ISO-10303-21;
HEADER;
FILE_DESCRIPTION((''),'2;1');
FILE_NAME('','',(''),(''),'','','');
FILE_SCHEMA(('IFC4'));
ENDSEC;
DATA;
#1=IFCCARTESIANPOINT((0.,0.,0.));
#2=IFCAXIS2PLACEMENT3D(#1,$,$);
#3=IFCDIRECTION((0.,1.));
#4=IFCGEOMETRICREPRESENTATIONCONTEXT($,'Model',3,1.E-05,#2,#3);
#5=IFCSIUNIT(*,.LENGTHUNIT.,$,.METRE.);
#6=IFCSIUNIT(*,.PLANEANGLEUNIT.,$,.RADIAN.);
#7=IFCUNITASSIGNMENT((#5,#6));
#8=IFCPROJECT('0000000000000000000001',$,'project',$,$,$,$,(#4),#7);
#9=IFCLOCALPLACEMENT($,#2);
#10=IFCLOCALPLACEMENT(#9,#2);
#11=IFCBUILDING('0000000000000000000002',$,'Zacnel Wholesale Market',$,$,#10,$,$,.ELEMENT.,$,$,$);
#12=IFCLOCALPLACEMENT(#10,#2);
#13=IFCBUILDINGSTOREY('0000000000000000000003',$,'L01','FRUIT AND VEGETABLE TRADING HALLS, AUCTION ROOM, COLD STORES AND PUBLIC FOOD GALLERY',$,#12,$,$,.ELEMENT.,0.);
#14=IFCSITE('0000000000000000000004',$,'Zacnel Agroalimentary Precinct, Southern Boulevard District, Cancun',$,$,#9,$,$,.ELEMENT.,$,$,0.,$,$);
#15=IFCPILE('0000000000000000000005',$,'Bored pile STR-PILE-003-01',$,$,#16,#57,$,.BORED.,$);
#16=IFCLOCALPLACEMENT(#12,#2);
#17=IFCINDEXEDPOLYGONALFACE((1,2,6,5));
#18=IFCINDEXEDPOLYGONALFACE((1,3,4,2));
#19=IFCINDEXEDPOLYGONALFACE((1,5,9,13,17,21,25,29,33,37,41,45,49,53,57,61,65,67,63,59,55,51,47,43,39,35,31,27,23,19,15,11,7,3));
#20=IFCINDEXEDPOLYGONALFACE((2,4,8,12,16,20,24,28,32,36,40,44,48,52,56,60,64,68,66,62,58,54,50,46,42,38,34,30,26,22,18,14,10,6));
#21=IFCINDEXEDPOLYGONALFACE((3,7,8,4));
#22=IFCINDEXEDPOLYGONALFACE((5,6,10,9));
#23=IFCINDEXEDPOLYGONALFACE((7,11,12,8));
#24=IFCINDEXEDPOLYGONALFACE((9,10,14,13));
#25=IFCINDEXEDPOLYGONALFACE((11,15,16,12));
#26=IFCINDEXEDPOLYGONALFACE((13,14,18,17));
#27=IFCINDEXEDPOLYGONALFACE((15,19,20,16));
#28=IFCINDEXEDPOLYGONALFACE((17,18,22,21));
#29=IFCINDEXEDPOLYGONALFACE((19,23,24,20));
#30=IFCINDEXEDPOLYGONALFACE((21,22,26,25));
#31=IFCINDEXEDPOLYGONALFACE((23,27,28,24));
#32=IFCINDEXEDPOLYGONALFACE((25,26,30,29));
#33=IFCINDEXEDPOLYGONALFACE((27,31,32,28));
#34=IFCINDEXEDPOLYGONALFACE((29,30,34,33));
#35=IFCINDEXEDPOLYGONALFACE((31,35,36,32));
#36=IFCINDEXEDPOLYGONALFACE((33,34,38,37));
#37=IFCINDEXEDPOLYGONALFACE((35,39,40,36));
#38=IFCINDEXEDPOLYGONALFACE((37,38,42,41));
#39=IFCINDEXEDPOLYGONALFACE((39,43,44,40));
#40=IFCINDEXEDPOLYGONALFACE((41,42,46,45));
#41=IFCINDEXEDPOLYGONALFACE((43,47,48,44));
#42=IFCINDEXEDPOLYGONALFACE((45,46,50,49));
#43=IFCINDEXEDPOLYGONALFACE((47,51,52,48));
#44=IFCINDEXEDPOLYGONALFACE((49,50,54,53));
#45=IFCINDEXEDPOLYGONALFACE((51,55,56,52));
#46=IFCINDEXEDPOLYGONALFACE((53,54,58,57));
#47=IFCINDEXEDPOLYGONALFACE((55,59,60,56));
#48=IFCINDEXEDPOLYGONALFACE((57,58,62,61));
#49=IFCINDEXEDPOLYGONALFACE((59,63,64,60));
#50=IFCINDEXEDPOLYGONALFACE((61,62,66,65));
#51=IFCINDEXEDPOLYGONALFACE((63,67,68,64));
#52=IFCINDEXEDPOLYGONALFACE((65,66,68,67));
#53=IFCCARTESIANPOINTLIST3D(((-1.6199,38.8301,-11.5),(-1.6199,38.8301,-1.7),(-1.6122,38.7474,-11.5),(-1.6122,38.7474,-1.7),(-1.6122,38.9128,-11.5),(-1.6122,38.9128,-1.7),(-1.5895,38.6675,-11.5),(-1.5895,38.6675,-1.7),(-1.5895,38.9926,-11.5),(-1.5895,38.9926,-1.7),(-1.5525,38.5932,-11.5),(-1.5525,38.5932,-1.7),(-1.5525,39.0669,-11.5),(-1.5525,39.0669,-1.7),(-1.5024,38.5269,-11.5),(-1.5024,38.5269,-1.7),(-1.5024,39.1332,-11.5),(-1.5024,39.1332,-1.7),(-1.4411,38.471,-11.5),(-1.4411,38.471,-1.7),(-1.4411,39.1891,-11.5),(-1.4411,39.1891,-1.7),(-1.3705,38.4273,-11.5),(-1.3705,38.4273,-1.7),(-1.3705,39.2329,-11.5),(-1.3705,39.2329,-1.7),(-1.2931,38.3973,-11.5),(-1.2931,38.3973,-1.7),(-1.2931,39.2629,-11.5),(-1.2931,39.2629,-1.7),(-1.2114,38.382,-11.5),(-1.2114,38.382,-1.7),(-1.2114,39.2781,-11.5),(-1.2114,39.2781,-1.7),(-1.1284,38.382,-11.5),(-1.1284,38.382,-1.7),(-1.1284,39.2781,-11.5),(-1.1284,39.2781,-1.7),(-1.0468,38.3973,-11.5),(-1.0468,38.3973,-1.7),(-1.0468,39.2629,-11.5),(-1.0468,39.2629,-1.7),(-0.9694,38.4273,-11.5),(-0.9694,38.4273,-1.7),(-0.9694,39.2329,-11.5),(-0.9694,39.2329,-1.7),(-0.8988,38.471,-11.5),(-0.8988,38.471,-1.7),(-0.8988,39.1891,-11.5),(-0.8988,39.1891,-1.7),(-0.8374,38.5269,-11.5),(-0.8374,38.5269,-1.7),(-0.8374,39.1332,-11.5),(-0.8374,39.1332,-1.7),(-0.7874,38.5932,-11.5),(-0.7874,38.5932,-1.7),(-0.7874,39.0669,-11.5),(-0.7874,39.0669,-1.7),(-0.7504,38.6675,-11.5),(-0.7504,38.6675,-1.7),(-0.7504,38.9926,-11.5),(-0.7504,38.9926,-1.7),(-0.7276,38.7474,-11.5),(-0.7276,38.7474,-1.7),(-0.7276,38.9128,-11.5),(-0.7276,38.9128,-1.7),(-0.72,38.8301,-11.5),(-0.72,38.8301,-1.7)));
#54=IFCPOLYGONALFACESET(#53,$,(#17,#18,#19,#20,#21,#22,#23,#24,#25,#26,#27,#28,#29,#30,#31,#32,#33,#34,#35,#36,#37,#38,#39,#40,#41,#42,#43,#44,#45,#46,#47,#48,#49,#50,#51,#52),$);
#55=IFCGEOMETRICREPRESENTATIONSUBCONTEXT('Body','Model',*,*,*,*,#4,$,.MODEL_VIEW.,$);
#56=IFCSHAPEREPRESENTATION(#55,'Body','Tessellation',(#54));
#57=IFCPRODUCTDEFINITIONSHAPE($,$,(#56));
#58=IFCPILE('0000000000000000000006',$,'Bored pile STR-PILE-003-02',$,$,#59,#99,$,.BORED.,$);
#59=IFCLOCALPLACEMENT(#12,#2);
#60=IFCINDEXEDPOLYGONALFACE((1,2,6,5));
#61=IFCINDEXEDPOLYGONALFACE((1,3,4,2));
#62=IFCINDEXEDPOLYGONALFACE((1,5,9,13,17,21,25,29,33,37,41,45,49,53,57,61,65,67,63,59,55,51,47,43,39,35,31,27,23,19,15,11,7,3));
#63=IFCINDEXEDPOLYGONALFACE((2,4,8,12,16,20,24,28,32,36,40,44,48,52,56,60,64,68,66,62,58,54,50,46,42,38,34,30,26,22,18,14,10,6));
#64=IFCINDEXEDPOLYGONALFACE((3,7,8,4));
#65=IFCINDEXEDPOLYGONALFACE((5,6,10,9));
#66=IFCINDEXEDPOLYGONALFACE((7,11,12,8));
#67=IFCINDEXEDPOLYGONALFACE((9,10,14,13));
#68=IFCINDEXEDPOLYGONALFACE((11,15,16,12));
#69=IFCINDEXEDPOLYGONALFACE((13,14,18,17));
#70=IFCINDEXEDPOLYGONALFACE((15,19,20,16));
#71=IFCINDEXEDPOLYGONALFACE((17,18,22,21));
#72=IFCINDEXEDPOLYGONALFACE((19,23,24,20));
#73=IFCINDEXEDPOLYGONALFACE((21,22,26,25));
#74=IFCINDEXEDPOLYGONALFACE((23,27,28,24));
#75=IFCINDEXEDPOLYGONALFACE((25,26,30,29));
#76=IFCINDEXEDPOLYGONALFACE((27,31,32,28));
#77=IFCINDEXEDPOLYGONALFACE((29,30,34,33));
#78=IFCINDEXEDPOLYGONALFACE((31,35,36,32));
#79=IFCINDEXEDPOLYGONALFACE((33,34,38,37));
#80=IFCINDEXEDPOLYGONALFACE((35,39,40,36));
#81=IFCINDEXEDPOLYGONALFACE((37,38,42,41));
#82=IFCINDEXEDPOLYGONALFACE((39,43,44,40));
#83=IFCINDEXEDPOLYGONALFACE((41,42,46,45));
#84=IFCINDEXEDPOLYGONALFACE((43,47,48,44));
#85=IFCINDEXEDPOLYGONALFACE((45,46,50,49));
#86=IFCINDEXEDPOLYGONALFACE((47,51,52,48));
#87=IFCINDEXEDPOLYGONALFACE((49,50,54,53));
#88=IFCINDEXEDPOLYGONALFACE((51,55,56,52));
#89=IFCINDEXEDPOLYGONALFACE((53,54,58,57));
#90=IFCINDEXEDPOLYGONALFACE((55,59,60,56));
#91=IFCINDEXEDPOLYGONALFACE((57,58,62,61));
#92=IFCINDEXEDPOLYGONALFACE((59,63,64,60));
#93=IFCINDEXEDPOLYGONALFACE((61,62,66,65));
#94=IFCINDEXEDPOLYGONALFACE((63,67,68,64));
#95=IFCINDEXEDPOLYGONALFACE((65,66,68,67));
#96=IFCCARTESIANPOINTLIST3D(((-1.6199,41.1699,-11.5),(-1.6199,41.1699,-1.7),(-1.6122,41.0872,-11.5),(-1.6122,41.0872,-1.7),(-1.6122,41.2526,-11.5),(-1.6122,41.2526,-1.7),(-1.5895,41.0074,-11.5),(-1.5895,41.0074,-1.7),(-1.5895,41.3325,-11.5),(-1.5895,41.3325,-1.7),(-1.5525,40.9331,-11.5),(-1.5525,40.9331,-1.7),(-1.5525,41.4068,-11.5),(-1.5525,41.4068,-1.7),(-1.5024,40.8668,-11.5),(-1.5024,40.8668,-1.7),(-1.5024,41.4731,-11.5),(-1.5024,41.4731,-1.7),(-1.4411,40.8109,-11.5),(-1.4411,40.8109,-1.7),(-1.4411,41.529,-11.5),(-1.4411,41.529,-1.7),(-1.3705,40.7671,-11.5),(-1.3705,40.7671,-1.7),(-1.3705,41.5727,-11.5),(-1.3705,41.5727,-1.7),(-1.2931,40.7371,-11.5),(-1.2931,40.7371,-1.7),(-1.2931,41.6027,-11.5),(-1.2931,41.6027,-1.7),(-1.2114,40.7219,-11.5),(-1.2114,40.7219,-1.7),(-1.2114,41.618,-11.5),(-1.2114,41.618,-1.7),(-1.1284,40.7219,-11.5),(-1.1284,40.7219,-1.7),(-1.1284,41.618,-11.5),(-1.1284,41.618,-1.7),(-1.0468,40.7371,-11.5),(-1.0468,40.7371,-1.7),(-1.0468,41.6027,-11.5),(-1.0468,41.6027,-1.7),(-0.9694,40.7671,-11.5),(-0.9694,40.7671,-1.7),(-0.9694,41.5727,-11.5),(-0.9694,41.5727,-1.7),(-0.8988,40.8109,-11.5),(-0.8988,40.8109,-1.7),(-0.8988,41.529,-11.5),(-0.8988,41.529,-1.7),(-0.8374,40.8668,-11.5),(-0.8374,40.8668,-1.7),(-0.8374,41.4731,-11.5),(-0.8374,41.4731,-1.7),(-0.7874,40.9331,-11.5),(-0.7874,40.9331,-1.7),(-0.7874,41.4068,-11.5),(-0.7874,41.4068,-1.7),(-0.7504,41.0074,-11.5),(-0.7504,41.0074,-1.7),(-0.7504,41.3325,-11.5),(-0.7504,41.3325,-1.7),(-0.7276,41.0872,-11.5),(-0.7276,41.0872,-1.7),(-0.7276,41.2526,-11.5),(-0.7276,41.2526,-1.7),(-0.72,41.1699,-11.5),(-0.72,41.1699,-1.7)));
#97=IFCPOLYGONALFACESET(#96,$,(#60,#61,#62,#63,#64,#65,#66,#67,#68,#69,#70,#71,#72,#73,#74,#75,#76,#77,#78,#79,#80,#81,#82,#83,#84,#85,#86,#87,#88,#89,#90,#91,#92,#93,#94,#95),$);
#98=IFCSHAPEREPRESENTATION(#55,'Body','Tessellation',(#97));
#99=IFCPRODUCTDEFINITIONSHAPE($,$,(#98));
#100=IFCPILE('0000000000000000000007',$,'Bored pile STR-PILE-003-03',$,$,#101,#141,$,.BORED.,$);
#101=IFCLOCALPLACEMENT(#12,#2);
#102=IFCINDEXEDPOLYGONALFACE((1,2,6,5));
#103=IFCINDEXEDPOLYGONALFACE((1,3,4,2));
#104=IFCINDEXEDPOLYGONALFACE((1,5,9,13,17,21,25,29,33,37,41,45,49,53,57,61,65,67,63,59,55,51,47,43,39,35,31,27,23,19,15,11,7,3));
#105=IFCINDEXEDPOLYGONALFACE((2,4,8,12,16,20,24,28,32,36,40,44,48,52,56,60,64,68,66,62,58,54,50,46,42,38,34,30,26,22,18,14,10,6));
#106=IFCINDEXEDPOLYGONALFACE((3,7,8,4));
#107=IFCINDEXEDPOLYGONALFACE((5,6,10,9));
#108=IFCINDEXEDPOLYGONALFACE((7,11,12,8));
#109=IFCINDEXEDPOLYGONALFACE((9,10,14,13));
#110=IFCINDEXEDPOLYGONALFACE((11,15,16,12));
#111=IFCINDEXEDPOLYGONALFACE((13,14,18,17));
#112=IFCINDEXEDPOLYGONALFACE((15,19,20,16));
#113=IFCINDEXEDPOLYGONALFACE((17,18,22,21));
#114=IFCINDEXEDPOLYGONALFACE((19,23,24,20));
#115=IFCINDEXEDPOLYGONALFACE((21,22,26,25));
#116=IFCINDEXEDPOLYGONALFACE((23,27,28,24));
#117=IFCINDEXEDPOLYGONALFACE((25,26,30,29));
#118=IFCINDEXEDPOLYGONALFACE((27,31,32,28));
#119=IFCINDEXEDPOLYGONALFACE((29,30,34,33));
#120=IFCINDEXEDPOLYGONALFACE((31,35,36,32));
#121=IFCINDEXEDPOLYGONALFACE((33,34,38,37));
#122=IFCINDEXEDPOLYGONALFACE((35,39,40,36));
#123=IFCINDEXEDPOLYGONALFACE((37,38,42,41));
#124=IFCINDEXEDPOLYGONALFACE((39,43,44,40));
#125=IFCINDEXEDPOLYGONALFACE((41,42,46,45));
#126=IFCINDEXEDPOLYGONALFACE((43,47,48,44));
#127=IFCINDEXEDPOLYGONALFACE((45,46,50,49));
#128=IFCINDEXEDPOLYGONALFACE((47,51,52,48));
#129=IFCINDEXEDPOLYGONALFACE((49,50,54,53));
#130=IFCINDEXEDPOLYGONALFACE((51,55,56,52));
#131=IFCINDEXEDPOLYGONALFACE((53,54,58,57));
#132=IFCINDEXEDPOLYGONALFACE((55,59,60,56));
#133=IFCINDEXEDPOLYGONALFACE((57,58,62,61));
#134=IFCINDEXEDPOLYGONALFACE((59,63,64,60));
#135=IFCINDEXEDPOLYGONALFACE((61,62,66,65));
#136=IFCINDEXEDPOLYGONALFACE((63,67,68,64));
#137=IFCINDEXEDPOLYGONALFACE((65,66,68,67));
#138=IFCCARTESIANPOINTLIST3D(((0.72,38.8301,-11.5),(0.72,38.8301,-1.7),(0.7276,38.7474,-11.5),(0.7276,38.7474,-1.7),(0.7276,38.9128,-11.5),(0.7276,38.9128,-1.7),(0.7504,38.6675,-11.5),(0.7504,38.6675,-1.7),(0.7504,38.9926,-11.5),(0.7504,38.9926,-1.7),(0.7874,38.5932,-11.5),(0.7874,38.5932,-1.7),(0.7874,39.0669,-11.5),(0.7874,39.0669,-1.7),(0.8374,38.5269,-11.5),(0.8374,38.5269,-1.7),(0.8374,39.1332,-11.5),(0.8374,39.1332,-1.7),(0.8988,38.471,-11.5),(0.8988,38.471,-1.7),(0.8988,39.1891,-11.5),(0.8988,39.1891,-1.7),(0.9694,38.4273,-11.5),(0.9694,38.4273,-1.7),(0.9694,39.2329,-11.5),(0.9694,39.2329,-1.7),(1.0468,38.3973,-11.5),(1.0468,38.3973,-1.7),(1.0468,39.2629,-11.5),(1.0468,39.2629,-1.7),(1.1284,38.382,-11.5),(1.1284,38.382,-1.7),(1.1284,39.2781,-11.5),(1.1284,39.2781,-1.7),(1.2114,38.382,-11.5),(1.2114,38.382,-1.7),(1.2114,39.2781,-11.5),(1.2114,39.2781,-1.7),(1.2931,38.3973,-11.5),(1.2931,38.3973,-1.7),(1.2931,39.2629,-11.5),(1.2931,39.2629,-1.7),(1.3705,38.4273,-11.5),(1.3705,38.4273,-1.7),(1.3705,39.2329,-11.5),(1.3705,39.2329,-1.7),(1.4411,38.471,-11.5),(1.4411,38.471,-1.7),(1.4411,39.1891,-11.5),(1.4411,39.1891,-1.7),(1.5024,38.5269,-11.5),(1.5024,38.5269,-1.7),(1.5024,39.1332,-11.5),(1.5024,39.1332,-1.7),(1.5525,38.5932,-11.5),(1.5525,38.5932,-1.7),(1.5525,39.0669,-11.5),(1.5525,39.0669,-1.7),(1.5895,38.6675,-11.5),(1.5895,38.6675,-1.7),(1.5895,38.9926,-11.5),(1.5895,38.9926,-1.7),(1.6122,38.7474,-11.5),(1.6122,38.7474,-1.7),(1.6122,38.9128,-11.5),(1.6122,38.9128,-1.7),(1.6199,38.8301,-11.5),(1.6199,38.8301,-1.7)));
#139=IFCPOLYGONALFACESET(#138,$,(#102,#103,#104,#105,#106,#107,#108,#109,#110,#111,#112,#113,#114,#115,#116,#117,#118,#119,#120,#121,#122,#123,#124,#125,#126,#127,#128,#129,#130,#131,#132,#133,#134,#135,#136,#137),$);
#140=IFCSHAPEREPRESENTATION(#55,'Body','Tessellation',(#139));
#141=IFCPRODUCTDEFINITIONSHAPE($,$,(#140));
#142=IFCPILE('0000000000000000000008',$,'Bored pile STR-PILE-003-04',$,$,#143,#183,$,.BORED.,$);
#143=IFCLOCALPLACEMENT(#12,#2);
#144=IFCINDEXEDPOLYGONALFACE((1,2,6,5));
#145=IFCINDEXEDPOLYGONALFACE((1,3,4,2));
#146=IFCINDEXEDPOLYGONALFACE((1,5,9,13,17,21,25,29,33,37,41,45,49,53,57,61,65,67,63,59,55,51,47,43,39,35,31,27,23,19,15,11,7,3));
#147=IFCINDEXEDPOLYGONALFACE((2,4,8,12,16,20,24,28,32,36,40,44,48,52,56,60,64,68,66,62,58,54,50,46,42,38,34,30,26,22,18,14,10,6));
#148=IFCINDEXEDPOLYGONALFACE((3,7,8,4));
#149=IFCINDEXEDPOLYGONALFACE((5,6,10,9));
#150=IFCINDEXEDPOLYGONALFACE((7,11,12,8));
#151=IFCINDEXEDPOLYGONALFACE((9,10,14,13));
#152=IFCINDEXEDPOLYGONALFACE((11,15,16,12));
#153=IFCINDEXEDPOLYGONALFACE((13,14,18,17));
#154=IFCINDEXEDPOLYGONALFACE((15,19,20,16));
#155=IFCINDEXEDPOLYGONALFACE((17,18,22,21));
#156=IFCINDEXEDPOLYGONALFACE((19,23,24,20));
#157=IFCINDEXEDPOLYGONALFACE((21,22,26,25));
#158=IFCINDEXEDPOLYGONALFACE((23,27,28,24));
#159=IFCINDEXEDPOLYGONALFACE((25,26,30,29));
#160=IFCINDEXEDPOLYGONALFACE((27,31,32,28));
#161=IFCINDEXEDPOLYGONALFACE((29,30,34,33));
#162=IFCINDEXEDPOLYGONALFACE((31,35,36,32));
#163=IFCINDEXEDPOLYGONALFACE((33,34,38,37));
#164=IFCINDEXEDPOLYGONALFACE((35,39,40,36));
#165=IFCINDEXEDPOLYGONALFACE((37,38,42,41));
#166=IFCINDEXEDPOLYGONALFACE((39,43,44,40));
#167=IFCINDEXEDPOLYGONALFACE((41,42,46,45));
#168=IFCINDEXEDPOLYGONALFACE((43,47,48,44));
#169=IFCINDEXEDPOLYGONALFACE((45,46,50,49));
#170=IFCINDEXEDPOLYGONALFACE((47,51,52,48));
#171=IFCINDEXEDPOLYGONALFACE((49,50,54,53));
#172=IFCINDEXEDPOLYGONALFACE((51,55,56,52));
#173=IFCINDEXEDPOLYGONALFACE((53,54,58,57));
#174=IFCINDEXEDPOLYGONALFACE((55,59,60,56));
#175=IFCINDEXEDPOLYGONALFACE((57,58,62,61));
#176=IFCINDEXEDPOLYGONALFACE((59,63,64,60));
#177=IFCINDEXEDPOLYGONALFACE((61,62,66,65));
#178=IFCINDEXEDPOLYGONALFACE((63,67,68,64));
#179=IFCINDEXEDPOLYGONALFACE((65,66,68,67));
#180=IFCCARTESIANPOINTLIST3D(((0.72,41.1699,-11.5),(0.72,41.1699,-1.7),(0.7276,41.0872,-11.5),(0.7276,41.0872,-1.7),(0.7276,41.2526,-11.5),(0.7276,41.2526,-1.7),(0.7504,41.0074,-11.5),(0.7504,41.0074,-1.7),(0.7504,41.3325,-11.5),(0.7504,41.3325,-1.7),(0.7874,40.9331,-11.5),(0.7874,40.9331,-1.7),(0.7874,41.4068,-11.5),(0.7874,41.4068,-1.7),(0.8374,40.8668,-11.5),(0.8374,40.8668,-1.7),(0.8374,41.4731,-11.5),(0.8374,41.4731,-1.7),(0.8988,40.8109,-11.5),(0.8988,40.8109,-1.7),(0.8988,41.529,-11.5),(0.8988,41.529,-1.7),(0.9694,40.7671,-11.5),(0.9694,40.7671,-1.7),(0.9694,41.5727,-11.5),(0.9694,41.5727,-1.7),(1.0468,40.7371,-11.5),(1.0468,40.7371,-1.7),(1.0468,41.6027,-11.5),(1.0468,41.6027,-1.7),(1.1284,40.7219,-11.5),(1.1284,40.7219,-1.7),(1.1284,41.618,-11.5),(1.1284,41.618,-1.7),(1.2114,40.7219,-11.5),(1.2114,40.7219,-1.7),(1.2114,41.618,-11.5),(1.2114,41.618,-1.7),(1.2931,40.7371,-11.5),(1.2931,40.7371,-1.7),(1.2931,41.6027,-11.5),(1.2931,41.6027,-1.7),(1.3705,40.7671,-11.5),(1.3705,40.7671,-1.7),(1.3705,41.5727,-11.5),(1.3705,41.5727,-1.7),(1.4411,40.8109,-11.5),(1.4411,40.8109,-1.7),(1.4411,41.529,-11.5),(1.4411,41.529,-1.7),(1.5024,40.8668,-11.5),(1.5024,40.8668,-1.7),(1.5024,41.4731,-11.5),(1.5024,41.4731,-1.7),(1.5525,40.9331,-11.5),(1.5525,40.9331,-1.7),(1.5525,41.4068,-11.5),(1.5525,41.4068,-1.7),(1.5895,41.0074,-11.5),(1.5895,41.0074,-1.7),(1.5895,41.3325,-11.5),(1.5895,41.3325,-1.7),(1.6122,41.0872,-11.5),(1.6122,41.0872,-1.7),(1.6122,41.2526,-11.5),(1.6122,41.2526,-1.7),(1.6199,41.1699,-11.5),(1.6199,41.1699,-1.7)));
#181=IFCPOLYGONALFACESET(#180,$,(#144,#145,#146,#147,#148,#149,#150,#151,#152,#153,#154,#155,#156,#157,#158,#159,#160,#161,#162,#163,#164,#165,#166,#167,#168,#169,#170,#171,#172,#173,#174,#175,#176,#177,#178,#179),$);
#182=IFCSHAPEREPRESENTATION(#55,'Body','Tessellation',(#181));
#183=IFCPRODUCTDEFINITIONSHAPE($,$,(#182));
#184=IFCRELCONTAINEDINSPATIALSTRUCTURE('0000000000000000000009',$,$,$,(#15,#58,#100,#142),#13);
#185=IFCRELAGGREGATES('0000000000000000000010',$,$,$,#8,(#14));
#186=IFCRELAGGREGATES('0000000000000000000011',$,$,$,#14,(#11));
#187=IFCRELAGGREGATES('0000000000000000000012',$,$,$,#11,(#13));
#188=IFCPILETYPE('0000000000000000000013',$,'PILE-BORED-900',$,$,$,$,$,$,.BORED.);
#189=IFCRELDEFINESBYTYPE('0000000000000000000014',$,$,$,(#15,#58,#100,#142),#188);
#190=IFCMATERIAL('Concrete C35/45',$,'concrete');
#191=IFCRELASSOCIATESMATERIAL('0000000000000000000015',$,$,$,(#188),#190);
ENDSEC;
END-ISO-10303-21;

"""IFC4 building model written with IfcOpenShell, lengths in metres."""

from ifc_helpers import new_model, si_unit, direction, frame, origin, origin_2d, place, context, subcontext, project, spatial, circle, extrude, material, material_profile, profile_set, type_object, element, save


model = new_model("IFC4")

# Units and contexts
model_context = context("Model", 3, precision=1e-05, world=origin(), true_north=direction((0.0, 1.0)))
body_context = subcontext(model_context, "Body", "Model", "MODEL_VIEW")
ifc_project = project(units=[si_unit("LENGTHUNIT", "METRE"), si_unit("PLANEANGLEUNIT", "RADIAN")], contexts=[model_context])

# Site, building, storey
site_placement = place(None, origin())
site = spatial("IfcSite", under=ifc_project, at=site_placement, Name="Zacnel Agroalimentary Precinct, Southern Boulevard District, Cancun", CompositionType="ELEMENT", RefElevation=0.0)
building_placement = place(site_placement, origin())
building = spatial("IfcBuilding", under=site, at=building_placement, Name="Zacnel Wholesale Market", CompositionType="ELEMENT")
storey_placement = place(building_placement, origin())
storey = spatial("IfcBuildingStorey", under=building, at=storey_placement, Name="L01", Description="FRUIT AND VEGETABLE TRADING HALLS, AUCTION ROOM, COLD STORES AND PUBLIC FOOD GALLERY", CompositionType="ELEMENT", Elevation=0.0)

# Piles
ifc_material_1 = material(Name="Concrete C35/45", Category="concrete")
ifc_material_profile_1 = material_profile(ifc_material_1, circle(Radius=0.45, at=origin_2d()), Name="BORED PILE D900")
ifc_profile_set_1 = profile_set([ifc_material_profile_1], Name="Concrete C35/45")
pile_type = type_object("IfcPileType", Name="PILE-BORED-900", PredefinedType="BORED", material=ifc_profile_set_1)
for number, where, z_axis, x_axis, name in (
    (1, (-1.1699, 38.8301, -1.7), (0.0, 0.0, -1.0), (1.0, 0.0, 0.0), "Bored pile STR-PILE-003-01"),
    (2, (-1.1699, 41.1699, -1.7), (0.0, 0.0, -1.0), (1.0, 0.0, 0.0), "Bored pile STR-PILE-003-02"),
    (3, (1.1699, 38.8301, -1.7), (0.0, 0.0, -1.0), (1.0, 0.0, 0.0), "Bored pile STR-PILE-003-03"),
    (4, (1.1699, 41.1699, -1.7), (0.0, 0.0, -1.0), (1.0, 0.0, 0.0), "Bored pile STR-PILE-003-04"),
):
    element("IfcPile", number, at=place(storey_placement, frame(where, z_axis=z_axis, x_axis=x_axis)), inside=storey, type_object=pile_type, Name=name, PredefinedType="BORED", context=body_context, shape_type="SweptSolid", body=[
        extrude(circle(Radius=0.45, at=origin_2d()), origin(), (0.0, 0.0, 1.0), 9.8),
    ])

save(model, "model.ifc")
